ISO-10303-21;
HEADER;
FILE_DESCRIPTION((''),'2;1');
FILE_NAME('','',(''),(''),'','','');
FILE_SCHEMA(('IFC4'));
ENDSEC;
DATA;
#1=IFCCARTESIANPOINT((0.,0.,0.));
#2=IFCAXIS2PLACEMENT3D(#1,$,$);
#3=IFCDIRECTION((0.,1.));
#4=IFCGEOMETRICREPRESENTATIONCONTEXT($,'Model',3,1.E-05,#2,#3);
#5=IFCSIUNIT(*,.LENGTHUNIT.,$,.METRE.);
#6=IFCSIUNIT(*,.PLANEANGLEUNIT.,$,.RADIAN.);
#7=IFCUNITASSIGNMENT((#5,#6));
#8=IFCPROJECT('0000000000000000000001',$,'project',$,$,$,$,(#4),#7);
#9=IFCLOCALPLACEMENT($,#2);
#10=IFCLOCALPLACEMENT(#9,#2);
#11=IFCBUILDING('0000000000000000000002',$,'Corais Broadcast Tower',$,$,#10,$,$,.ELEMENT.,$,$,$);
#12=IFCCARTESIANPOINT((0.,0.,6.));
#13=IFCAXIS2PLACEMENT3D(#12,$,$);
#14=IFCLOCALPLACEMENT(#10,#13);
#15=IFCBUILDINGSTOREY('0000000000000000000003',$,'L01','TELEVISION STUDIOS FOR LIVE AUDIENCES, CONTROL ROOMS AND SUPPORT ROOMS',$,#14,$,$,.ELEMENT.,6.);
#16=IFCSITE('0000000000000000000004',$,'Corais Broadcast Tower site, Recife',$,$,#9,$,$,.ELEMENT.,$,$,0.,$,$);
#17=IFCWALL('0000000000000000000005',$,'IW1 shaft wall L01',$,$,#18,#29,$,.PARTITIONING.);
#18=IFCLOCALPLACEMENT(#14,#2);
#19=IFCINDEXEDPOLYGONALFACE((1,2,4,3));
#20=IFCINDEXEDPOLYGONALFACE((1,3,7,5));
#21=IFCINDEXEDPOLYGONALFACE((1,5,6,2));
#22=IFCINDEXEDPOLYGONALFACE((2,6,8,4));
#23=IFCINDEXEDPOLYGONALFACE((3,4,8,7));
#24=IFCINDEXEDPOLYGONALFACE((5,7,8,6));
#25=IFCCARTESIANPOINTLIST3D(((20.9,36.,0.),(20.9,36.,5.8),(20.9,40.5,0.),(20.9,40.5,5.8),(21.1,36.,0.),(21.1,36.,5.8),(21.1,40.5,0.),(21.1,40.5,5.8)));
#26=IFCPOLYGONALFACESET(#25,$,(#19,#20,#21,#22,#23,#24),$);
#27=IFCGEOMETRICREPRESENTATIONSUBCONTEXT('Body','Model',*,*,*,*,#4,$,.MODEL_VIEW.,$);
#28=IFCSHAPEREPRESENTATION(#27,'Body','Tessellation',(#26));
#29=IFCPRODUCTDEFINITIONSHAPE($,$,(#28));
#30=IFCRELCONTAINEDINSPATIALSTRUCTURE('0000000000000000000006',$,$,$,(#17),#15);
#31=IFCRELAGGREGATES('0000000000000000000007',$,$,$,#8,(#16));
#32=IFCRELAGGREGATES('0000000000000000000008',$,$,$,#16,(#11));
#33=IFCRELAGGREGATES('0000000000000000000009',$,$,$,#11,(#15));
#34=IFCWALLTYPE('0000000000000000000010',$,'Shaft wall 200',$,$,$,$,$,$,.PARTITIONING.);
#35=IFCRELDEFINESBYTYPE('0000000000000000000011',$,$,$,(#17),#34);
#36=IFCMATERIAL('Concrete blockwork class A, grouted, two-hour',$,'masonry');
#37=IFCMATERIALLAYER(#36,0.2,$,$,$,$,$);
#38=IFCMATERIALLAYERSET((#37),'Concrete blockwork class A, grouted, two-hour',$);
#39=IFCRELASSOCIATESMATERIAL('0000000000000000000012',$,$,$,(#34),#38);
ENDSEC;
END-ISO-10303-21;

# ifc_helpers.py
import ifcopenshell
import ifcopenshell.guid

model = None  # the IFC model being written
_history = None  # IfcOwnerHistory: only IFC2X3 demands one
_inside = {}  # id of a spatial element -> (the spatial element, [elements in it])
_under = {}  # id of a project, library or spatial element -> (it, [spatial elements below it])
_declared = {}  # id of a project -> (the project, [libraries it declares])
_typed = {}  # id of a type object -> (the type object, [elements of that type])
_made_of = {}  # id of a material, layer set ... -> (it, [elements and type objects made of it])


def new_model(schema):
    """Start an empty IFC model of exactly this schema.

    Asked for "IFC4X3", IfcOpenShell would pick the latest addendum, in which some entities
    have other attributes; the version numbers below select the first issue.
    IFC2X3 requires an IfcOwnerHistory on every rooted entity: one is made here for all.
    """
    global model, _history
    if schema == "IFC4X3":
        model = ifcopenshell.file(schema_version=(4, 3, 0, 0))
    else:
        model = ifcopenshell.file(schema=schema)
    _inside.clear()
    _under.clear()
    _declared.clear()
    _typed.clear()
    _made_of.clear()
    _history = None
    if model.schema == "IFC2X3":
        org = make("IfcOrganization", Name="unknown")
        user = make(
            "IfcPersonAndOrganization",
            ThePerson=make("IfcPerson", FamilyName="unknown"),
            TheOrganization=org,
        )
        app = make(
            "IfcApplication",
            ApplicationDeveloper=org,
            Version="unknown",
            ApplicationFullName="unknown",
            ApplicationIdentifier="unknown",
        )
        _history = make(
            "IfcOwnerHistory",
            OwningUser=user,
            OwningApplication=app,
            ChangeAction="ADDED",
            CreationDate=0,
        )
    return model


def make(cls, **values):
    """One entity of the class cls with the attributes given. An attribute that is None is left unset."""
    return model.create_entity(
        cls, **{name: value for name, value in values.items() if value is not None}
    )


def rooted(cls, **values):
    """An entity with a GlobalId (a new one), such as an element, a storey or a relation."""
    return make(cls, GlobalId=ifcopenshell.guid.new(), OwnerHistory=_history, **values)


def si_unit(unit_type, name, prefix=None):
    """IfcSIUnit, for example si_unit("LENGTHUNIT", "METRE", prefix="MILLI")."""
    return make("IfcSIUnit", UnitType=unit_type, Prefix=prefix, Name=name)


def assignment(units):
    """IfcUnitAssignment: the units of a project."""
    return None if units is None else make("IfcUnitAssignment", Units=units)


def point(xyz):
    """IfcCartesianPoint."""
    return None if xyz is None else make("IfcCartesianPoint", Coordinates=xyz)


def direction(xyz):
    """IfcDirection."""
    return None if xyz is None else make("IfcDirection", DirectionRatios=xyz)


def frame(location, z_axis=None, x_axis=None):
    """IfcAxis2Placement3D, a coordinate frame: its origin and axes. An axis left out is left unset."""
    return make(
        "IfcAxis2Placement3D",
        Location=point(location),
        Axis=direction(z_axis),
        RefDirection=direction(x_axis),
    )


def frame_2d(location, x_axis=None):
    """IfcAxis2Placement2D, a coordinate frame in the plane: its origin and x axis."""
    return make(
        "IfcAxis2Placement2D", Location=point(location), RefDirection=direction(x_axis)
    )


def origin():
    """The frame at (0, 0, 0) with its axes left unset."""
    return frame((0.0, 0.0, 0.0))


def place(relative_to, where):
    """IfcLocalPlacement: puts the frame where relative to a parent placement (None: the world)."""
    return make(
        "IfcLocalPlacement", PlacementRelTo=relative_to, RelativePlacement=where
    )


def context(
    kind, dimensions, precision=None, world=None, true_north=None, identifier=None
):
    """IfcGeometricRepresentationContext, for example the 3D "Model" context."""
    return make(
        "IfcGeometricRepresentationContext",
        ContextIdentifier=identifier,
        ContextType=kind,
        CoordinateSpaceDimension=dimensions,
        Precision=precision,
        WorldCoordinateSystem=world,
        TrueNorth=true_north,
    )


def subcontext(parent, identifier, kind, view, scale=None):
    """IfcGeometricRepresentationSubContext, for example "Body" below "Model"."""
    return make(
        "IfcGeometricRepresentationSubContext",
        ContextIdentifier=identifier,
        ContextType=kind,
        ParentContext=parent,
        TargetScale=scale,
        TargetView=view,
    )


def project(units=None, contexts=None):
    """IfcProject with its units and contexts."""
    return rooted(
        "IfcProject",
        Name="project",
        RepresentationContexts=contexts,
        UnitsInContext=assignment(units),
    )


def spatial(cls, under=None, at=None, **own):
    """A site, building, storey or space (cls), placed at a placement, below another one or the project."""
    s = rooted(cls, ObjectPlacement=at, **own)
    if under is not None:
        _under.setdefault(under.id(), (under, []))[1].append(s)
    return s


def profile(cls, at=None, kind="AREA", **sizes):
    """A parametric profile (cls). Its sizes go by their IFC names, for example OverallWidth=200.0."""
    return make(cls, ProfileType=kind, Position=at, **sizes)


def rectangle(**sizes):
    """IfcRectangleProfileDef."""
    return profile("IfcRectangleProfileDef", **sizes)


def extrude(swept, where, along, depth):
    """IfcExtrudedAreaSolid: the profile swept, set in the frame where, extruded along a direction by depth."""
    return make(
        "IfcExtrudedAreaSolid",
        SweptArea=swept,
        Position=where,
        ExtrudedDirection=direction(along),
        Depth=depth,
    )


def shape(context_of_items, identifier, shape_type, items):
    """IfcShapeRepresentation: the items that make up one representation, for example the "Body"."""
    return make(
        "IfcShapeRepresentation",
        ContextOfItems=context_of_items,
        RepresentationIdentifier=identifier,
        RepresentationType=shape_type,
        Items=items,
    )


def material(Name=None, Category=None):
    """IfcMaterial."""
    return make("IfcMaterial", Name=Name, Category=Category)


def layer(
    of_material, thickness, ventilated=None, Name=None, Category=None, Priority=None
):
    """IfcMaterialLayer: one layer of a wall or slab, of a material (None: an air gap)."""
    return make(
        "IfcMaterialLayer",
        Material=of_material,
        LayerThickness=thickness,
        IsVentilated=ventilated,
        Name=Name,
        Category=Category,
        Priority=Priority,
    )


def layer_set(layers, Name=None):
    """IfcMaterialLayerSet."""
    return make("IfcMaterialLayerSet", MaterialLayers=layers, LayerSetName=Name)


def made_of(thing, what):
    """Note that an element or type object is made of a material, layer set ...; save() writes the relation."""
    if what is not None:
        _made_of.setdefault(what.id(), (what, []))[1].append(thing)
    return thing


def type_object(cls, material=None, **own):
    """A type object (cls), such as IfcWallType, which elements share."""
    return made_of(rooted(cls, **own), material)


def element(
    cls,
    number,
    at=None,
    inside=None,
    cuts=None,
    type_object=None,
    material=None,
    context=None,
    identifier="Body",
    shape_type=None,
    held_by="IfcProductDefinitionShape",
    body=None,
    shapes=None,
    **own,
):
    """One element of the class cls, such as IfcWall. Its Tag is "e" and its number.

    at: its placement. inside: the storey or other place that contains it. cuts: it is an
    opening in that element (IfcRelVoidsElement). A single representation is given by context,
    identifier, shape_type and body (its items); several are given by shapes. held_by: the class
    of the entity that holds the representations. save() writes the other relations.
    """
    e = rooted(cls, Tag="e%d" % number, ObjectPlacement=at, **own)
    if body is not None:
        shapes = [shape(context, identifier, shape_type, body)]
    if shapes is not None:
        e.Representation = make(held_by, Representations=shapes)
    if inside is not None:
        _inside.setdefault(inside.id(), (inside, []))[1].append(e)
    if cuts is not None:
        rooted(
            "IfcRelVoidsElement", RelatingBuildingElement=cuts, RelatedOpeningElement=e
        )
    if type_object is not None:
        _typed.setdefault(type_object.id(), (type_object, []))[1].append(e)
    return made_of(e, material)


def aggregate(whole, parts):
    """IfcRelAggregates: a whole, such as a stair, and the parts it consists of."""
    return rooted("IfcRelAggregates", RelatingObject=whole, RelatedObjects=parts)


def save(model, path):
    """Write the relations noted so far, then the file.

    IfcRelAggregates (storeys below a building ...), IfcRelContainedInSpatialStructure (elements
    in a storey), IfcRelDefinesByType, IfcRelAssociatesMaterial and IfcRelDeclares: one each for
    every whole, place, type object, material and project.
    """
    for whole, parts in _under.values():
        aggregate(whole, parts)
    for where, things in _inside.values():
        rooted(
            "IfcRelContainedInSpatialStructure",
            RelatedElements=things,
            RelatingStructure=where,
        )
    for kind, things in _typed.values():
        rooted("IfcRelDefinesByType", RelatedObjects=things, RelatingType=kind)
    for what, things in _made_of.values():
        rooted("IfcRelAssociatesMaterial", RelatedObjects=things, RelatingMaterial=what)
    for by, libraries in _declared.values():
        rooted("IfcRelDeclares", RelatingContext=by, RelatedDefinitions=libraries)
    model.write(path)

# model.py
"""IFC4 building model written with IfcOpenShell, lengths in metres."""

from ifc_helpers import new_model, si_unit, direction, frame, frame_2d, origin, place, context, subcontext, project, spatial, rectangle, extrude, material, layer, layer_set, type_object, element, save


model = new_model("IFC4")

# Units and contexts
model_context = context("Model", 3, precision=1e-05, world=origin(), true_north=direction((0.0, 1.0)))
body_context = subcontext(model_context, "Body", "Model", "MODEL_VIEW")
ifc_project = project(units=[si_unit("LENGTHUNIT", "METRE"), si_unit("PLANEANGLEUNIT", "RADIAN")], contexts=[model_context])

# Site, building, storey
site_placement = place(None, origin())
site = spatial("IfcSite", under=ifc_project, at=site_placement, Name="Corais Broadcast Tower site, Recife", CompositionType="ELEMENT", RefElevation=0.0)
building_placement = place(site_placement, origin())
building = spatial("IfcBuilding", under=site, at=building_placement, Name="Corais Broadcast Tower", CompositionType="ELEMENT")
storey_placement = place(building_placement, frame((0.0, 0.0, 6.0)))
storey = spatial("IfcBuildingStorey", under=building, at=storey_placement, Name="L01", Description="TELEVISION STUDIOS FOR LIVE AUDIENCES, CONTROL ROOMS AND SUPPORT ROOMS", CompositionType="ELEMENT", Elevation=6.0)

# Wall
ifc_material_1 = material(Name="Concrete blockwork class A, grouted, two-hour", Category="masonry")
ifc_layer_1 = layer(ifc_material_1, 0.2)
ifc_layer_set_1 = layer_set([ifc_layer_1], Name="Concrete blockwork class A, grouted, two-hour")
wall_type_1 = type_object("IfcWallType", Name="Shaft wall 200", PredefinedType="PARTITIONING", material=ifc_layer_set_1)
wall_1_placement = place(storey_placement, frame((21.0, 36.0, 0.0), z_axis=(0.0, 0.0, 1.0), x_axis=(0.0, 1.0, 0.0)))
element("IfcWall", 1, at=wall_1_placement, inside=storey, type_object=wall_type_1, Name="IW1 shaft wall L01", PredefinedType="PARTITIONING", context=body_context, shape_type="SweptSolid", body=[
    extrude(rectangle(XDim=4.5, YDim=0.2, at=frame_2d((2.25, 0.0))), origin(), (0.0, 0.0, 1.0), 5.8),
])

save(model, "model.ifc")
